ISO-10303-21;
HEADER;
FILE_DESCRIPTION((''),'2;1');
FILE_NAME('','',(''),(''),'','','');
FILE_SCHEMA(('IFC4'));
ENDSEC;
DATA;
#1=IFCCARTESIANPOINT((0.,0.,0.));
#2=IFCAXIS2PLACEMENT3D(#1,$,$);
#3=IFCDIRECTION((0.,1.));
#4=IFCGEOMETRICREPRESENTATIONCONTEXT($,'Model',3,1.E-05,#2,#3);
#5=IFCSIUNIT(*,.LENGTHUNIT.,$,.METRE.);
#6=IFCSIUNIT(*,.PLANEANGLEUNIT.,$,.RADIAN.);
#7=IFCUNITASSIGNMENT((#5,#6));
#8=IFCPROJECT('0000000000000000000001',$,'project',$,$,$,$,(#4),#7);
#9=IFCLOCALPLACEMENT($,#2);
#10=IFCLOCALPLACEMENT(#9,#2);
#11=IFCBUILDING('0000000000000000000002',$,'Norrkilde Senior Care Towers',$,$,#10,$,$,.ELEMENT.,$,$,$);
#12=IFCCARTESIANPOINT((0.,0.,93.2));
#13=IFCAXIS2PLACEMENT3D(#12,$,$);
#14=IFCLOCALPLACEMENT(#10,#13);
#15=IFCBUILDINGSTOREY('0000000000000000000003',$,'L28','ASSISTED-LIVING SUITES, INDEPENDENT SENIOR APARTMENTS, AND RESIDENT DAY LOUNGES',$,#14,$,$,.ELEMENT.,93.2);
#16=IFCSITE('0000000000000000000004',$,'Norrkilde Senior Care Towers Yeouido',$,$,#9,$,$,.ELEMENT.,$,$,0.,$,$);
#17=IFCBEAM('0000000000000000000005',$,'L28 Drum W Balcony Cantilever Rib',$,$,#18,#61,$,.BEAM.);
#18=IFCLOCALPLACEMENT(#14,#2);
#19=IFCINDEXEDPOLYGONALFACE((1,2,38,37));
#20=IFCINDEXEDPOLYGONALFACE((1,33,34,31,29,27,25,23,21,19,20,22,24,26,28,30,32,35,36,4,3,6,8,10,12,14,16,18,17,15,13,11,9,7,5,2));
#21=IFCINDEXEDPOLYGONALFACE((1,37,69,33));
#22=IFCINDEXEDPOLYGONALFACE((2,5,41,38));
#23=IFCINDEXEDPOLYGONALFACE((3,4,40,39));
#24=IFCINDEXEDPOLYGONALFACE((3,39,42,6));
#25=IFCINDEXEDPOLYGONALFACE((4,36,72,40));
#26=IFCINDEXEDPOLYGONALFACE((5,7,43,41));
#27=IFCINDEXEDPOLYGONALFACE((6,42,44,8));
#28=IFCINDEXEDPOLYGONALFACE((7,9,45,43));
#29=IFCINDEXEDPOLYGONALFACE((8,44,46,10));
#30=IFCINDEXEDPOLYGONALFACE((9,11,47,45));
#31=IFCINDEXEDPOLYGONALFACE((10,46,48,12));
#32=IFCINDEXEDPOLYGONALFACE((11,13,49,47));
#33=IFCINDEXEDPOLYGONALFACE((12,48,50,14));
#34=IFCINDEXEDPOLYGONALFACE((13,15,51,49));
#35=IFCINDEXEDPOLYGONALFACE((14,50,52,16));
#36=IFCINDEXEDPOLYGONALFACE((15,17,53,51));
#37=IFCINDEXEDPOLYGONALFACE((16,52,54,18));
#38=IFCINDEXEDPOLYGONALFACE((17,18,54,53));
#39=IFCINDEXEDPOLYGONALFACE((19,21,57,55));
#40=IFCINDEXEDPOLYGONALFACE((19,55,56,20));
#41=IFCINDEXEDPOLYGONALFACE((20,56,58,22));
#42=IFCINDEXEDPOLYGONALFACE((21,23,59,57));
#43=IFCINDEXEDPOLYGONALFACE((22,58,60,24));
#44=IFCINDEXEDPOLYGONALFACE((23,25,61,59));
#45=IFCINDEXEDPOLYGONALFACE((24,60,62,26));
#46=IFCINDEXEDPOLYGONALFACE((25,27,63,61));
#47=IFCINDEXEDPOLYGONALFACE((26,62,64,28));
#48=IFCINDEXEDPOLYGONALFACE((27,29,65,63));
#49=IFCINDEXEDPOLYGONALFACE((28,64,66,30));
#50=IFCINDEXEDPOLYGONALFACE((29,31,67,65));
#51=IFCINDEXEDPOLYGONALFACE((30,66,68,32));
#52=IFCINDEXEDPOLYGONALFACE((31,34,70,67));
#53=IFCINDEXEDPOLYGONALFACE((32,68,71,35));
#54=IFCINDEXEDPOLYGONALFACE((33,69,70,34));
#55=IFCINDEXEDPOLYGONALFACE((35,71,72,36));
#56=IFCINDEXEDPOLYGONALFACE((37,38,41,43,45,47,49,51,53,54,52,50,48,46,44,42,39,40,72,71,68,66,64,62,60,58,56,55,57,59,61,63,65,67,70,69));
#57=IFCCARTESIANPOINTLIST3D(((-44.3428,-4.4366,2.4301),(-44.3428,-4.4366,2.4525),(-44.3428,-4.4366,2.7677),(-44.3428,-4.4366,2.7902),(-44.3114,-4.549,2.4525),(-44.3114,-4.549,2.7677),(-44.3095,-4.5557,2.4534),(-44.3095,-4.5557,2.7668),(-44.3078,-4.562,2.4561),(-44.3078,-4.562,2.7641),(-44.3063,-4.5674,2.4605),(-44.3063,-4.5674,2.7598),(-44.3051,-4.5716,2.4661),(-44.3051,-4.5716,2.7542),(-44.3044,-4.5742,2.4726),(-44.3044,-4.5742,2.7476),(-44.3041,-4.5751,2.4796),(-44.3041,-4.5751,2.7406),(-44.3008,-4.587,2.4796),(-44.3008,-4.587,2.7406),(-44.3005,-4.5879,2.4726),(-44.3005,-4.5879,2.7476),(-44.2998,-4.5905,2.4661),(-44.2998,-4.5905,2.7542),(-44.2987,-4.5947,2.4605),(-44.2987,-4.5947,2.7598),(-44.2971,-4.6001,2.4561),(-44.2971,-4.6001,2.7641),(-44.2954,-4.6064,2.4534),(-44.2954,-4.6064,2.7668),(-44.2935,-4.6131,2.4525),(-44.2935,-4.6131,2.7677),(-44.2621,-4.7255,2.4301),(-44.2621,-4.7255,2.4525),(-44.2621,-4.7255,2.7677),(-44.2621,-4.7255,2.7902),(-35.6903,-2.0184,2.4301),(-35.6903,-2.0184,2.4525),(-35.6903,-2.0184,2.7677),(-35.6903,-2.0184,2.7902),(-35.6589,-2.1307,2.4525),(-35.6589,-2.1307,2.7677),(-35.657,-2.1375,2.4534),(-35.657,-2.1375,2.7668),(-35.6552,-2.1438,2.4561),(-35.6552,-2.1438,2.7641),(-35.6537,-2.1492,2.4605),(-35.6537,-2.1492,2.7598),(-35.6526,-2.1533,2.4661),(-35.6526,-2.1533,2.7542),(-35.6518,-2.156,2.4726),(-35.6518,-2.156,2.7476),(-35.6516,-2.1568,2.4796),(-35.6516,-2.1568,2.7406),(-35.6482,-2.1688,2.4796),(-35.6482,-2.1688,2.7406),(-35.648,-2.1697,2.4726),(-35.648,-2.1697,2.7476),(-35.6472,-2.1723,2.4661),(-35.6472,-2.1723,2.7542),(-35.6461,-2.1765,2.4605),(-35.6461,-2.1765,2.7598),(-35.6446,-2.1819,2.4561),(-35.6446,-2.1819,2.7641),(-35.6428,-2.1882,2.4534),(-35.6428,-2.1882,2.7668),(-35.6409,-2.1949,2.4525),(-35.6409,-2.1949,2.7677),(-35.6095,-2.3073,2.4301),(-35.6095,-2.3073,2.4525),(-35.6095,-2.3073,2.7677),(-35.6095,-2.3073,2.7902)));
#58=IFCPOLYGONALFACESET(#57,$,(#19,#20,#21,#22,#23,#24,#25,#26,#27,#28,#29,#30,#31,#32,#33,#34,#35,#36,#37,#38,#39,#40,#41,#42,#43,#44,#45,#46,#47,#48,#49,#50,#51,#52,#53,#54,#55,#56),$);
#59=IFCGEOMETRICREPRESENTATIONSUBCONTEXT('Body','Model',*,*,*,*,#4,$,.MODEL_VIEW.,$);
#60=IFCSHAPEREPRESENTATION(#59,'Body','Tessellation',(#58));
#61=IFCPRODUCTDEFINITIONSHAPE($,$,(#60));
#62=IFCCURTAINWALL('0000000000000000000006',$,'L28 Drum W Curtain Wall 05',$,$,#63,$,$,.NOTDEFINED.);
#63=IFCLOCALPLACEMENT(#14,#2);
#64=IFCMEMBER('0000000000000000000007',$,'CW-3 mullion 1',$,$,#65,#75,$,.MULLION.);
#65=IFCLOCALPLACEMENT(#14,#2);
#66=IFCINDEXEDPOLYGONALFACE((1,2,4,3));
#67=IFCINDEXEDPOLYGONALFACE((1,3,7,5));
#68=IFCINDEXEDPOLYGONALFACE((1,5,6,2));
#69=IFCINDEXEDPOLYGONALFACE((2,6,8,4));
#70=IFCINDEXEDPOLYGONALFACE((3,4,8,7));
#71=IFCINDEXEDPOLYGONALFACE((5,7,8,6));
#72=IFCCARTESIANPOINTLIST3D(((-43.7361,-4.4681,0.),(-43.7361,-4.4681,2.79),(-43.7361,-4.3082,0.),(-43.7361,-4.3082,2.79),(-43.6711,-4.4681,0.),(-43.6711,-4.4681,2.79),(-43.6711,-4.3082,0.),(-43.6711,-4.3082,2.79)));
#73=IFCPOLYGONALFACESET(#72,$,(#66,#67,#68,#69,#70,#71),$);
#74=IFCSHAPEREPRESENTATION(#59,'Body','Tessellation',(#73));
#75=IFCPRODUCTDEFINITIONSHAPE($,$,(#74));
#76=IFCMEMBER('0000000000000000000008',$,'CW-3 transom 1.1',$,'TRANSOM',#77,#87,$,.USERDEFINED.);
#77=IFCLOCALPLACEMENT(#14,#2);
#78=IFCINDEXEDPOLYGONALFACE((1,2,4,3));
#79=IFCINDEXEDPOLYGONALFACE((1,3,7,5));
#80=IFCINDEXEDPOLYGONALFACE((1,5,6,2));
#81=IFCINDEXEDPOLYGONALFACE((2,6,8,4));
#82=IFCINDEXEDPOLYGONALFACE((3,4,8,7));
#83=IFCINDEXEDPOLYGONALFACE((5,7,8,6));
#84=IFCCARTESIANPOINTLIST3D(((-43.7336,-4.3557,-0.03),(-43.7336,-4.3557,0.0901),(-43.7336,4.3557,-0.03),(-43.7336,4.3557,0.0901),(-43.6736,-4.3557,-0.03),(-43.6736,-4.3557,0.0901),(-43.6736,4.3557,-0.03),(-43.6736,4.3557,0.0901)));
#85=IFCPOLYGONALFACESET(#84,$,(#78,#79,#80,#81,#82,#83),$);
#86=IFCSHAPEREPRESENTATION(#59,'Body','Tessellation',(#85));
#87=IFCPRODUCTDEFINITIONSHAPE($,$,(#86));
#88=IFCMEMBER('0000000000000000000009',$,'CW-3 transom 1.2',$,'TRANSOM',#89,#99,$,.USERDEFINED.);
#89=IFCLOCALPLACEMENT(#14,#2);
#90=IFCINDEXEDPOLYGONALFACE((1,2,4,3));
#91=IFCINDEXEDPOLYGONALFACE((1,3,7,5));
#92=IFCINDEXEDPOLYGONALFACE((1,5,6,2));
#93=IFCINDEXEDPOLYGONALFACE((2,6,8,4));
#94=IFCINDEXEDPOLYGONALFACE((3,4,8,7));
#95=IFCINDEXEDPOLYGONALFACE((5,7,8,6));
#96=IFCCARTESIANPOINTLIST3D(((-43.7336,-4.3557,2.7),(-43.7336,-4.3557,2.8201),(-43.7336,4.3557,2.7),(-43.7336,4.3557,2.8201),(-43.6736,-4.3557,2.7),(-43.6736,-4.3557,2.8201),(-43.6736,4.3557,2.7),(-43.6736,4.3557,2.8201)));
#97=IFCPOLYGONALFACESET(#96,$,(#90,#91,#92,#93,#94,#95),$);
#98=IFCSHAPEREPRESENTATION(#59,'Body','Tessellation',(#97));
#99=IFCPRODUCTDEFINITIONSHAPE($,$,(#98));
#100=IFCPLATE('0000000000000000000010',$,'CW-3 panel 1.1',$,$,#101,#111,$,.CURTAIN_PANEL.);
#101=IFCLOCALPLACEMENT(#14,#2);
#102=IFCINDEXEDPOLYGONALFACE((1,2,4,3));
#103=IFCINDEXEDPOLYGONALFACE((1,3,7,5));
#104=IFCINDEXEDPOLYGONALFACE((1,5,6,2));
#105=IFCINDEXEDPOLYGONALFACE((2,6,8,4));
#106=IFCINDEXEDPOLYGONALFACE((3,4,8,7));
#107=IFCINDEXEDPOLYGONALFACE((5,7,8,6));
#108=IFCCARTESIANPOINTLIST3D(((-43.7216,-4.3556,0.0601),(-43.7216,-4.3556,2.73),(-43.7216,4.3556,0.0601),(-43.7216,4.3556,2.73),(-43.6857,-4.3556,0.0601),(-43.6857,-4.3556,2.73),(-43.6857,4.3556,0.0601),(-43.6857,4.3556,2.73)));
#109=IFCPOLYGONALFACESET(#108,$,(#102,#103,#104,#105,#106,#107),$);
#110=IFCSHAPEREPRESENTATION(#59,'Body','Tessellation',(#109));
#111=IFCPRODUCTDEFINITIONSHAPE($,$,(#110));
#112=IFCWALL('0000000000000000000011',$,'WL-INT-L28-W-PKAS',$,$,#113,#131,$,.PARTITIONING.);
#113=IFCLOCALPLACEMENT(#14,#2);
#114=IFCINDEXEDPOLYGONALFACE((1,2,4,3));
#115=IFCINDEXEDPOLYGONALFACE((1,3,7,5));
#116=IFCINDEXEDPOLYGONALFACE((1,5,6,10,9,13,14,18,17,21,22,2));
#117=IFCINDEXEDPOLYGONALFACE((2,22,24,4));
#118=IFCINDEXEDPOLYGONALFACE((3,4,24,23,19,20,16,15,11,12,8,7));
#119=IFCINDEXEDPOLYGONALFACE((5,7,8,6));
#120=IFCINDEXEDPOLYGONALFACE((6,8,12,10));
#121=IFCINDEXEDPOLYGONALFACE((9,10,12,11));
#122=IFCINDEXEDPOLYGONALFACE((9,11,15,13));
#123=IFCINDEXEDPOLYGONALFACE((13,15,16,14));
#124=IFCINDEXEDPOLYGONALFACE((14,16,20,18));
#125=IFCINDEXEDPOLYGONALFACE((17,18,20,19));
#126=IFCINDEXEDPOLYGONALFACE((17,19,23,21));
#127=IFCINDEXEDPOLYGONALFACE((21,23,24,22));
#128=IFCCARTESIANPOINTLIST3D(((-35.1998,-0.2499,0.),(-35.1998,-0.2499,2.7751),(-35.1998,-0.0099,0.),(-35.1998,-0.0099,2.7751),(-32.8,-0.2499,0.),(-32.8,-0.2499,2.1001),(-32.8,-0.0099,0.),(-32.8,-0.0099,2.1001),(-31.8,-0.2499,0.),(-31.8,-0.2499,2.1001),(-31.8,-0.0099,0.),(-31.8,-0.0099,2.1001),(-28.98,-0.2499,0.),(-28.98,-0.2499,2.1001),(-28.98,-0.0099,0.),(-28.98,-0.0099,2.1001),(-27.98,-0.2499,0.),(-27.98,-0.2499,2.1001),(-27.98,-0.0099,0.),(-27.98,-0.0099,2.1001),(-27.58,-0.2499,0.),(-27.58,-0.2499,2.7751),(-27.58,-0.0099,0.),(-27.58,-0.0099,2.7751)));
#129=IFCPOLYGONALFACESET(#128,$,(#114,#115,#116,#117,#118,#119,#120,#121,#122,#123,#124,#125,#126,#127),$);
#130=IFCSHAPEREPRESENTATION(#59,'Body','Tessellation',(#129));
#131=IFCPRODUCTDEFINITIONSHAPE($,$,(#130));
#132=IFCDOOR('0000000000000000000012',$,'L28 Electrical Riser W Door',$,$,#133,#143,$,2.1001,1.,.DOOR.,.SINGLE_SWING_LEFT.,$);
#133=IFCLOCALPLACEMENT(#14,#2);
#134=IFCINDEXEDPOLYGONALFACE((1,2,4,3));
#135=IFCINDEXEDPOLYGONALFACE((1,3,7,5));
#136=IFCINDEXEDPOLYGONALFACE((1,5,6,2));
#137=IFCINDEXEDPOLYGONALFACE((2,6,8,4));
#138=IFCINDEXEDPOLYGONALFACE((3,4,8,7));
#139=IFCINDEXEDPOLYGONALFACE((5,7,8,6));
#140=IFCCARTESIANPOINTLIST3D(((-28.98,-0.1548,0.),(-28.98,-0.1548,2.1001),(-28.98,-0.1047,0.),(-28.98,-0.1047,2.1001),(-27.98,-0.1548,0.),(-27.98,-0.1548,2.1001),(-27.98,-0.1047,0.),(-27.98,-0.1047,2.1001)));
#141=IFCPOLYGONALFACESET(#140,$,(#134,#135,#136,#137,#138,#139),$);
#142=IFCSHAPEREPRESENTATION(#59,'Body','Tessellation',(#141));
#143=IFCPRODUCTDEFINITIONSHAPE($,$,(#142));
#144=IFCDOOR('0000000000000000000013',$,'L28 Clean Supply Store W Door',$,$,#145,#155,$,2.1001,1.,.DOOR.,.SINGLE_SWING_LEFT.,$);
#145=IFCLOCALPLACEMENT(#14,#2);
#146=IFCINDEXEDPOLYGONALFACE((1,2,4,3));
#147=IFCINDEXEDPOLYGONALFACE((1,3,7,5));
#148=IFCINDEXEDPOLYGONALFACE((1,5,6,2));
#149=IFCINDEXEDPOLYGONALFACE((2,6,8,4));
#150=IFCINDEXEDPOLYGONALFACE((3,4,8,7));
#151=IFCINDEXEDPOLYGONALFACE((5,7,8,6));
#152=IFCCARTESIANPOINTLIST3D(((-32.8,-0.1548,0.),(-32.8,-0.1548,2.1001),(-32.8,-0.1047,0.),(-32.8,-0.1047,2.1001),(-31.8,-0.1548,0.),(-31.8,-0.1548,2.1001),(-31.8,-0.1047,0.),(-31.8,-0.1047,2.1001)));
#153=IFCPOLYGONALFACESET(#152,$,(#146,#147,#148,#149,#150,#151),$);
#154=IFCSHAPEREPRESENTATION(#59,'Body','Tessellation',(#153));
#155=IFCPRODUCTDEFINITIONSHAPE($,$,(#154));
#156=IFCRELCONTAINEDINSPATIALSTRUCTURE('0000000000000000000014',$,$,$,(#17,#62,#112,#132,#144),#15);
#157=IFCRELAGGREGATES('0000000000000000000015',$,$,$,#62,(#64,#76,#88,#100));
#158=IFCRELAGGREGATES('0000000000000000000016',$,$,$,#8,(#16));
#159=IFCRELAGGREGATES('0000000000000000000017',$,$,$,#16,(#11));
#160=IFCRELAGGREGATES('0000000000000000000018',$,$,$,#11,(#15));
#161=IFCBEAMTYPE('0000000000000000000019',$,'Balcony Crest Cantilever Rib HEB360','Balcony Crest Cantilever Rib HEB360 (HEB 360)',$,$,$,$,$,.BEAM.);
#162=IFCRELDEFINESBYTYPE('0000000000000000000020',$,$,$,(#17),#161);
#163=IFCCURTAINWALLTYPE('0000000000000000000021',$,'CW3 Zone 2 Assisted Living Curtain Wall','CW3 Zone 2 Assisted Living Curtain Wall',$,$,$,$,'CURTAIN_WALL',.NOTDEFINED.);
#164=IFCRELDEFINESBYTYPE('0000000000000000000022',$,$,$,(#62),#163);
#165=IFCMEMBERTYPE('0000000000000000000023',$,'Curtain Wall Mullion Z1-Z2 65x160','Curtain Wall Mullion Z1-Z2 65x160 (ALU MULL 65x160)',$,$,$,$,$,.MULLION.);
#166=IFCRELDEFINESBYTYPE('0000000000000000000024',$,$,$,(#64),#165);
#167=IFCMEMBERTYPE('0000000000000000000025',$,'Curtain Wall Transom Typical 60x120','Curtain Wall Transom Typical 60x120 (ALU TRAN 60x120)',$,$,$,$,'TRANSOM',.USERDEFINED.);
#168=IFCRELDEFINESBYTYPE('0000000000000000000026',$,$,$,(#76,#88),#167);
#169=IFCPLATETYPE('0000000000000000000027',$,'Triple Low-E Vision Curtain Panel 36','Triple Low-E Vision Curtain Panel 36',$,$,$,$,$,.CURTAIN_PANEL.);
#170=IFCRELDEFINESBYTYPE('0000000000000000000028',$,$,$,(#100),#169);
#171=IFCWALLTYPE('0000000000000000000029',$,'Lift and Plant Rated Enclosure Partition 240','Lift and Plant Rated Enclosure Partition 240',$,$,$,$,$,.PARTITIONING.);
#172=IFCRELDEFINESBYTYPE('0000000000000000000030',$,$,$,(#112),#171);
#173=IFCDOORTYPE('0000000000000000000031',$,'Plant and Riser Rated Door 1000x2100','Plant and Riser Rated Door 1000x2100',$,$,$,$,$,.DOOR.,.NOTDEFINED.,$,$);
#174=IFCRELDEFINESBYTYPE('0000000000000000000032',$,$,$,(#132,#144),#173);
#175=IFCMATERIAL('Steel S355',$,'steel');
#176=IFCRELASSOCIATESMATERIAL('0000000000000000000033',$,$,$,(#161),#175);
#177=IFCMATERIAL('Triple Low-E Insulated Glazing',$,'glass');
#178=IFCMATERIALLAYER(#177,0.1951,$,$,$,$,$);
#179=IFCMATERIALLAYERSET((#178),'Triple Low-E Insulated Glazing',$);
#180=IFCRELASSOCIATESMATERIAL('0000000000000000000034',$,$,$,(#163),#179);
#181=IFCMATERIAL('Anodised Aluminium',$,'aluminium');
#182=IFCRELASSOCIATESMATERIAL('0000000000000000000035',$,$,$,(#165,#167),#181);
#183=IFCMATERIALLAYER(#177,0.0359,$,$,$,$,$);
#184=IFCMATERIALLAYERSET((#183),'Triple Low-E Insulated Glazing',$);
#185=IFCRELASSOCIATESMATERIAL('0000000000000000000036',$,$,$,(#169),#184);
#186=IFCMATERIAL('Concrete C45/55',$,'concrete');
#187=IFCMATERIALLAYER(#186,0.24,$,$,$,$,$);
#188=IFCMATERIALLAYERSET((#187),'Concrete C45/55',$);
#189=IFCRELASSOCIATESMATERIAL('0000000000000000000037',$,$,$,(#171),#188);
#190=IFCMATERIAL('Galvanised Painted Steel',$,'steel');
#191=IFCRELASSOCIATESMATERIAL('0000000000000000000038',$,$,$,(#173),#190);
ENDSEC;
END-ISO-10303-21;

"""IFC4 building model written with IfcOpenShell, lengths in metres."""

from ifc_helpers import new_model, si_unit, direction, frame, frame_2d, origin, origin_2d, place, context, subcontext, project, spatial, rectangle, i_section, extrude, source, transform, mapped, material, layer, layer_set, material_profile, profile_set, type_object, type_shapes, element, fill, aggregate, save


model = new_model("IFC4")

# Units and contexts
model_context = context("Model", 3, precision=1e-05, world=origin(), true_north=direction((0.0, 1.0)))
body_context = subcontext(model_context, "Body", "Model", "MODEL_VIEW")
ifc_project = project(units=[si_unit("LENGTHUNIT", "METRE"), si_unit("PLANEANGLEUNIT", "RADIAN")], contexts=[model_context])

# Site, building, storey
site_placement = place(None, origin())
site = spatial("IfcSite", under=ifc_project, at=site_placement, Name="Norrkilde Senior Care Towers Yeouido", CompositionType="ELEMENT", RefElevation=0.0)
building_placement = place(site_placement, origin())
building = spatial("IfcBuilding", under=site, at=building_placement, Name="Norrkilde Senior Care Towers", CompositionType="ELEMENT")
storey_placement = place(building_placement, frame((0.0, 0.0, 93.2)))
storey = spatial("IfcBuildingStorey", under=building, at=storey_placement, Name="L28", Description="ASSISTED-LIVING SUITES, INDEPENDENT SENIOR APARTMENTS, AND RESIDENT DAY LOUNGES", CompositionType="ELEMENT", Elevation=93.2)

# Beam
ifc_material_1 = material(Name="Steel S355", Category="steel")
ifc_material_profile_1 = material_profile(ifc_material_1, i_section(OverallWidth=0.3, OverallDepth=0.3601, WebThickness=0.0125, FlangeThickness=0.0225, FilletRadius=0.0271, at=origin_2d()), Name="HEB 360")
ifc_profile_set_1 = profile_set([ifc_material_profile_1], Name="Steel S355")
beam_type_1 = type_object("IfcBeamType", Name="Balcony Crest Cantilever Rib HEB360", Description="Balcony Crest Cantilever Rib HEB360 (HEB 360)", PredefinedType="BEAM", material=ifc_profile_set_1)
shared_shape_1 = source(origin(), body_context, "Body", "SweptSolid", [
    extrude(i_section(OverallWidth=0.3, OverallDepth=0.3601, WebThickness=0.0125, FlangeThickness=0.0225, FilletRadius=0.0271, at=origin_2d()), origin(), (0.0, 0.0, 1.0), 8.9841),
])
type_shapes(beam_type_1, [shared_shape_1])
beam_1_placement = place(storey_placement, frame((-35.6499, -2.1628, 2.6101), z_axis=(-0.963094, -0.269164, 0.0), x_axis=(0.269164, -0.963094, 0.0)))
element("IfcBeam", 1, at=beam_1_placement, inside=storey, type_object=beam_type_1, Name="L28 Drum W Balcony Cantilever Rib", PredefinedType="BEAM", context=body_context, shape_type="MappedRepresentation", body=[
    mapped(shared_shape_1, transform((0.0, 0.0, 0.0), x_axis=(1.0, 0.0, 0.0), y_axis=(0.0, 1.0, 0.0), z_axis=(0.0, 0.0, 1.0), scale=1.0)),
])

# Curtain wall, members, plate
ifc_material_2 = material(Name="Triple Low-E Insulated Glazing", Category="glass")
ifc_layer_1 = layer(ifc_material_2, 0.1951)
ifc_layer_set_1 = layer_set([ifc_layer_1], Name="Triple Low-E Insulated Glazing")
curtain_wall_type = type_object("IfcCurtainWallType", Name="CW3 Zone 2 Assisted Living Curtain Wall", Description="CW3 Zone 2 Assisted Living Curtain Wall", ElementType="CURTAIN_WALL", PredefinedType="NOTDEFINED", material=ifc_layer_set_1)
curtain_wall_placement = place(storey_placement, origin())
curtain_wall = element("IfcCurtainWall", 2, at=curtain_wall_placement, inside=storey, type_object=curtain_wall_type, Name="L28 Drum W Curtain Wall 05", PredefinedType="NOTDEFINED")
ifc_material_3 = material(Name="Anodised Aluminium", Category="aluminium")
ifc_material_profile_2 = material_profile(ifc_material_3, rectangle(XDim=0.0649, YDim=0.1599, at=origin_2d()), Name="ALU MULL 65x160")
ifc_profile_set_2 = profile_set([ifc_material_profile_2], Name="Anodised Aluminium")
member_type_1 = type_object("IfcMemberType", Name="Curtain Wall Mullion Z1-Z2 65x160", Description="Curtain Wall Mullion Z1-Z2 65x160 (ALU MULL 65x160)", PredefinedType="MULLION", material=ifc_profile_set_2)
shared_shape_2 = source(origin(), body_context, "Body", "SweptSolid", [
    extrude(rectangle(XDim=0.0649, YDim=0.1599, at=origin_2d()), origin(), (0.0, 0.0, 1.0), 2.79),
])
type_shapes(member_type_1, [shared_shape_2])
member_1_placement = place(storey_placement, frame((-43.7036, -4.3882, 0.0), z_axis=(0.0, 0.0, 1.0), x_axis=(-1.0, 0.0, 0.0)))
member_1 = element("IfcMember", 3, at=member_1_placement, type_object=member_type_1, Name="CW-3 mullion 1", PredefinedType="MULLION", context=body_context, shape_type="MappedRepresentation", body=[
    mapped(shared_shape_2, transform((0.0, 0.0, 0.0), x_axis=(1.0, 0.0, 0.0), y_axis=(0.0, 1.0, 0.0), z_axis=(0.0, 0.0, 1.0), scale=1.0)),
])
ifc_material_profile_3 = material_profile(ifc_material_3, rectangle(XDim=0.0601, YDim=0.1201, at=origin_2d()), Name="ALU TRAN 60x120")
ifc_profile_set_3 = profile_set([ifc_material_profile_3], Name="Anodised Aluminium")
member_type_2 = type_object("IfcMemberType", Name="Curtain Wall Transom Typical 60x120", Description="Curtain Wall Transom Typical 60x120 (ALU TRAN 60x120)", ElementType="TRANSOM", PredefinedType="USERDEFINED", material=ifc_profile_set_3)
shared_shape_3 = source(origin(), body_context, "Body", "SweptSolid", [
    extrude(rectangle(XDim=0.0601, YDim=0.1201, at=origin_2d()), origin(), (0.0, 0.0, 1.0), 8.7114),
])
type_shapes(member_type_2, [shared_shape_3])
member_2_placement = place(storey_placement, frame((-43.7036, -4.3557, 0.03), z_axis=(0.0, 1.0, 0.0), x_axis=(-1.0, 0.0, 0.0)))
member_2 = element("IfcMember", 4, at=member_2_placement, type_object=member_type_2, Name="CW-3 transom 1.1", ObjectType="TRANSOM", PredefinedType="USERDEFINED", context=body_context, shape_type="MappedRepresentation", body=[
    mapped(shared_shape_3, transform((0.0, 0.0, 0.0), x_axis=(1.0, 0.0, 0.0), y_axis=(0.0, 1.0, 0.0), z_axis=(0.0, 0.0, 1.0), scale=1.0)),
])
member_3_placement = place(storey_placement, frame((-43.7036, -4.3557, 2.76), z_axis=(0.0, 1.0, 0.0), x_axis=(-1.0, 0.0, 0.0)))
member_3 = element("IfcMember", 5, at=member_3_placement, type_object=member_type_2, Name="CW-3 transom 1.2", ObjectType="TRANSOM", PredefinedType="USERDEFINED", context=body_context, shape_type="MappedRepresentation", body=[
    mapped(shared_shape_3, transform((0.0, 0.0, 0.0), x_axis=(1.0, 0.0, 0.0), y_axis=(0.0, 1.0, 0.0), z_axis=(0.0, 0.0, 1.0), scale=1.0)),
])
ifc_layer_2 = layer(ifc_material_2, 0.0359)
ifc_layer_set_2 = layer_set([ifc_layer_2], Name="Triple Low-E Insulated Glazing")
plate_type = type_object("IfcPlateType", Name="Triple Low-E Vision Curtain Panel 36", Description="Triple Low-E Vision Curtain Panel 36", PredefinedType="CURTAIN_PANEL", material=ifc_layer_set_2)
shared_shape_4 = source(origin(), body_context, "Body", "SweptSolid", [
    extrude(rectangle(XDim=8.7112, YDim=0.0359, at=origin_2d()), origin(), (0.0, 0.0, 1.0), 2.6699),
])
type_shapes(plate_type, [shared_shape_4])
plate_placement = place(storey_placement, frame((-43.7036, 0.0, 0.0601), z_axis=(0.0, 0.0, 1.0), x_axis=(0.0, 1.0, 0.0)))
plate = element("IfcPlate", 6, at=plate_placement, type_object=plate_type, Name="CW-3 panel 1.1", PredefinedType="CURTAIN_PANEL", context=body_context, shape_type="MappedRepresentation", body=[
    mapped(shared_shape_4, transform((0.0, 0.0, 0.0), x_axis=(1.0, 0.0, 0.0), y_axis=(0.0, 1.0, 0.0), z_axis=(0.0, 0.0, 1.0), scale=1.0)),
])
aggregate(curtain_wall, [member_1, member_2, member_3, plate])

# Shared definitions
ifc_material_4 = material(Name="Galvanised Painted Steel", Category="steel")

# Wall, openings, doors
ifc_material_5 = material(Name="Concrete C45/55", Category="concrete")
ifc_layer_3 = layer(ifc_material_5, 0.24)
ifc_layer_set_3 = layer_set([ifc_layer_3], Name="Concrete C45/55")
wall_type_1 = type_object("IfcWallType", Name="Lift and Plant Rated Enclosure Partition 240", Description="Lift and Plant Rated Enclosure Partition 240", PredefinedType="PARTITIONING", material=ifc_layer_set_3)
shared_shape_5 = source(origin(), body_context, "Body", "SweptSolid", [
    extrude(rectangle(XDim=7.6199, YDim=0.24, at=frame_2d((3.8101, 0.0))), origin(), (0.0, 0.0, 1.0), 2.7751),
])
type_shapes(wall_type_1, [shared_shape_5])
wall_1_placement = place(storey_placement, frame((-35.2, -0.1299, 0.0), z_axis=(0.0, 0.0, 1.0), x_axis=(1.0, 0.0, 0.0)))
wall_1 = element("IfcWall", 7, at=wall_1_placement, inside=storey, type_object=wall_type_1, Name="WL-INT-L28-W-PKAS", PredefinedType="PARTITIONING", context=body_context, shape_type="MappedRepresentation", body=[
    mapped(shared_shape_5, transform((0.0, 0.0, 0.0), x_axis=(1.0, 0.0, 0.0), y_axis=(0.0, 1.0, 0.0), z_axis=(0.0, 0.0, 1.0), scale=1.0)),
])
opening_1_placement = place(wall_1_placement, frame((6.22, 0.0, 0.0)))
opening_1 = element("IfcOpeningElement", 8, at=opening_1_placement, cuts=wall_1, PredefinedType="OPENING", context=body_context, shape_type="SweptSolid", body=[
    extrude(rectangle(XDim=1.0, YDim=2.1001, at=frame_2d((0.5, 1.05))), frame((0.0, 0.1299, 0.0), z_axis=(0.0, -1.0, 0.0), x_axis=(1.0, 0.0, 0.0)), (0.0, 0.0, 1.0), 0.26),
])
opening_2_placement = place(wall_1_placement, frame((2.3999, 0.0, 0.0)))
opening_2 = element("IfcOpeningElement", 9, at=opening_2_placement, cuts=wall_1, PredefinedType="OPENING", context=body_context, shape_type="SweptSolid", body=[
    extrude(rectangle(XDim=1.0, YDim=2.1001, at=frame_2d((0.5, 1.05))), frame((0.0, 0.1299, 0.0), z_axis=(0.0, -1.0, 0.0), x_axis=(1.0, 0.0, 0.0)), (0.0, 0.0, 1.0), 0.26),
])
door_type_1 = type_object("IfcDoorType", Name="Plant and Riser Rated Door 1000x2100", Description="Plant and Riser Rated Door 1000x2100", OperationType="NOTDEFINED", PredefinedType="DOOR", material=ifc_material_4)
shared_shape_6 = source(origin(), body_context, "Body", "SweptSolid", [
    extrude(rectangle(XDim=1.0, YDim=2.1001, at=frame_2d((0.5, 1.05))), frame((0.0, 0.0249, 0.0), z_axis=(0.0, -1.0, 0.0), x_axis=(1.0, 0.0, 0.0)), (0.0, 0.0, 1.0), 0.05),
])
type_shapes(door_type_1, [shared_shape_6])
door_1_placement = place(opening_1_placement, frame((1.0, 0.0, 0.0), z_axis=(0.0, 0.0, 1.0), x_axis=(-1.0, 0.0, 0.0)))
door_1 = element("IfcDoor", 10, at=door_1_placement, inside=storey, type_object=door_type_1, Name="L28 Electrical Riser W Door", OperationType="SINGLE_SWING_LEFT", OverallHeight=2.1001, OverallWidth=1.0, PredefinedType="DOOR", context=body_context, shape_type="MappedRepresentation", body=[
    mapped(shared_shape_6, transform((0.0, 0.0, 0.0), x_axis=(1.0, 0.0, 0.0), y_axis=(0.0, 1.0, 0.0), z_axis=(0.0, 0.0, 1.0), scale=1.0)),
])
fill(opening_1, door_1)
door_2_placement = place(opening_2_placement, frame((1.0, 0.0, 0.0), z_axis=(0.0, 0.0, 1.0), x_axis=(-1.0, 0.0, 0.0)))
door_2 = element("IfcDoor", 11, at=door_2_placement, inside=storey, type_object=door_type_1, Name="L28 Clean Supply Store W Door", OperationType="SINGLE_SWING_LEFT", OverallHeight=2.1001, OverallWidth=1.0, PredefinedType="DOOR", context=body_context, shape_type="MappedRepresentation", body=[
    mapped(shared_shape_6, transform((0.0, 0.0, 0.0), x_axis=(1.0, 0.0, 0.0), y_axis=(0.0, 1.0, 0.0), z_axis=(0.0, 0.0, 1.0), scale=1.0)),
])
fill(opening_2, door_2)

save(model, "model.ifc")
